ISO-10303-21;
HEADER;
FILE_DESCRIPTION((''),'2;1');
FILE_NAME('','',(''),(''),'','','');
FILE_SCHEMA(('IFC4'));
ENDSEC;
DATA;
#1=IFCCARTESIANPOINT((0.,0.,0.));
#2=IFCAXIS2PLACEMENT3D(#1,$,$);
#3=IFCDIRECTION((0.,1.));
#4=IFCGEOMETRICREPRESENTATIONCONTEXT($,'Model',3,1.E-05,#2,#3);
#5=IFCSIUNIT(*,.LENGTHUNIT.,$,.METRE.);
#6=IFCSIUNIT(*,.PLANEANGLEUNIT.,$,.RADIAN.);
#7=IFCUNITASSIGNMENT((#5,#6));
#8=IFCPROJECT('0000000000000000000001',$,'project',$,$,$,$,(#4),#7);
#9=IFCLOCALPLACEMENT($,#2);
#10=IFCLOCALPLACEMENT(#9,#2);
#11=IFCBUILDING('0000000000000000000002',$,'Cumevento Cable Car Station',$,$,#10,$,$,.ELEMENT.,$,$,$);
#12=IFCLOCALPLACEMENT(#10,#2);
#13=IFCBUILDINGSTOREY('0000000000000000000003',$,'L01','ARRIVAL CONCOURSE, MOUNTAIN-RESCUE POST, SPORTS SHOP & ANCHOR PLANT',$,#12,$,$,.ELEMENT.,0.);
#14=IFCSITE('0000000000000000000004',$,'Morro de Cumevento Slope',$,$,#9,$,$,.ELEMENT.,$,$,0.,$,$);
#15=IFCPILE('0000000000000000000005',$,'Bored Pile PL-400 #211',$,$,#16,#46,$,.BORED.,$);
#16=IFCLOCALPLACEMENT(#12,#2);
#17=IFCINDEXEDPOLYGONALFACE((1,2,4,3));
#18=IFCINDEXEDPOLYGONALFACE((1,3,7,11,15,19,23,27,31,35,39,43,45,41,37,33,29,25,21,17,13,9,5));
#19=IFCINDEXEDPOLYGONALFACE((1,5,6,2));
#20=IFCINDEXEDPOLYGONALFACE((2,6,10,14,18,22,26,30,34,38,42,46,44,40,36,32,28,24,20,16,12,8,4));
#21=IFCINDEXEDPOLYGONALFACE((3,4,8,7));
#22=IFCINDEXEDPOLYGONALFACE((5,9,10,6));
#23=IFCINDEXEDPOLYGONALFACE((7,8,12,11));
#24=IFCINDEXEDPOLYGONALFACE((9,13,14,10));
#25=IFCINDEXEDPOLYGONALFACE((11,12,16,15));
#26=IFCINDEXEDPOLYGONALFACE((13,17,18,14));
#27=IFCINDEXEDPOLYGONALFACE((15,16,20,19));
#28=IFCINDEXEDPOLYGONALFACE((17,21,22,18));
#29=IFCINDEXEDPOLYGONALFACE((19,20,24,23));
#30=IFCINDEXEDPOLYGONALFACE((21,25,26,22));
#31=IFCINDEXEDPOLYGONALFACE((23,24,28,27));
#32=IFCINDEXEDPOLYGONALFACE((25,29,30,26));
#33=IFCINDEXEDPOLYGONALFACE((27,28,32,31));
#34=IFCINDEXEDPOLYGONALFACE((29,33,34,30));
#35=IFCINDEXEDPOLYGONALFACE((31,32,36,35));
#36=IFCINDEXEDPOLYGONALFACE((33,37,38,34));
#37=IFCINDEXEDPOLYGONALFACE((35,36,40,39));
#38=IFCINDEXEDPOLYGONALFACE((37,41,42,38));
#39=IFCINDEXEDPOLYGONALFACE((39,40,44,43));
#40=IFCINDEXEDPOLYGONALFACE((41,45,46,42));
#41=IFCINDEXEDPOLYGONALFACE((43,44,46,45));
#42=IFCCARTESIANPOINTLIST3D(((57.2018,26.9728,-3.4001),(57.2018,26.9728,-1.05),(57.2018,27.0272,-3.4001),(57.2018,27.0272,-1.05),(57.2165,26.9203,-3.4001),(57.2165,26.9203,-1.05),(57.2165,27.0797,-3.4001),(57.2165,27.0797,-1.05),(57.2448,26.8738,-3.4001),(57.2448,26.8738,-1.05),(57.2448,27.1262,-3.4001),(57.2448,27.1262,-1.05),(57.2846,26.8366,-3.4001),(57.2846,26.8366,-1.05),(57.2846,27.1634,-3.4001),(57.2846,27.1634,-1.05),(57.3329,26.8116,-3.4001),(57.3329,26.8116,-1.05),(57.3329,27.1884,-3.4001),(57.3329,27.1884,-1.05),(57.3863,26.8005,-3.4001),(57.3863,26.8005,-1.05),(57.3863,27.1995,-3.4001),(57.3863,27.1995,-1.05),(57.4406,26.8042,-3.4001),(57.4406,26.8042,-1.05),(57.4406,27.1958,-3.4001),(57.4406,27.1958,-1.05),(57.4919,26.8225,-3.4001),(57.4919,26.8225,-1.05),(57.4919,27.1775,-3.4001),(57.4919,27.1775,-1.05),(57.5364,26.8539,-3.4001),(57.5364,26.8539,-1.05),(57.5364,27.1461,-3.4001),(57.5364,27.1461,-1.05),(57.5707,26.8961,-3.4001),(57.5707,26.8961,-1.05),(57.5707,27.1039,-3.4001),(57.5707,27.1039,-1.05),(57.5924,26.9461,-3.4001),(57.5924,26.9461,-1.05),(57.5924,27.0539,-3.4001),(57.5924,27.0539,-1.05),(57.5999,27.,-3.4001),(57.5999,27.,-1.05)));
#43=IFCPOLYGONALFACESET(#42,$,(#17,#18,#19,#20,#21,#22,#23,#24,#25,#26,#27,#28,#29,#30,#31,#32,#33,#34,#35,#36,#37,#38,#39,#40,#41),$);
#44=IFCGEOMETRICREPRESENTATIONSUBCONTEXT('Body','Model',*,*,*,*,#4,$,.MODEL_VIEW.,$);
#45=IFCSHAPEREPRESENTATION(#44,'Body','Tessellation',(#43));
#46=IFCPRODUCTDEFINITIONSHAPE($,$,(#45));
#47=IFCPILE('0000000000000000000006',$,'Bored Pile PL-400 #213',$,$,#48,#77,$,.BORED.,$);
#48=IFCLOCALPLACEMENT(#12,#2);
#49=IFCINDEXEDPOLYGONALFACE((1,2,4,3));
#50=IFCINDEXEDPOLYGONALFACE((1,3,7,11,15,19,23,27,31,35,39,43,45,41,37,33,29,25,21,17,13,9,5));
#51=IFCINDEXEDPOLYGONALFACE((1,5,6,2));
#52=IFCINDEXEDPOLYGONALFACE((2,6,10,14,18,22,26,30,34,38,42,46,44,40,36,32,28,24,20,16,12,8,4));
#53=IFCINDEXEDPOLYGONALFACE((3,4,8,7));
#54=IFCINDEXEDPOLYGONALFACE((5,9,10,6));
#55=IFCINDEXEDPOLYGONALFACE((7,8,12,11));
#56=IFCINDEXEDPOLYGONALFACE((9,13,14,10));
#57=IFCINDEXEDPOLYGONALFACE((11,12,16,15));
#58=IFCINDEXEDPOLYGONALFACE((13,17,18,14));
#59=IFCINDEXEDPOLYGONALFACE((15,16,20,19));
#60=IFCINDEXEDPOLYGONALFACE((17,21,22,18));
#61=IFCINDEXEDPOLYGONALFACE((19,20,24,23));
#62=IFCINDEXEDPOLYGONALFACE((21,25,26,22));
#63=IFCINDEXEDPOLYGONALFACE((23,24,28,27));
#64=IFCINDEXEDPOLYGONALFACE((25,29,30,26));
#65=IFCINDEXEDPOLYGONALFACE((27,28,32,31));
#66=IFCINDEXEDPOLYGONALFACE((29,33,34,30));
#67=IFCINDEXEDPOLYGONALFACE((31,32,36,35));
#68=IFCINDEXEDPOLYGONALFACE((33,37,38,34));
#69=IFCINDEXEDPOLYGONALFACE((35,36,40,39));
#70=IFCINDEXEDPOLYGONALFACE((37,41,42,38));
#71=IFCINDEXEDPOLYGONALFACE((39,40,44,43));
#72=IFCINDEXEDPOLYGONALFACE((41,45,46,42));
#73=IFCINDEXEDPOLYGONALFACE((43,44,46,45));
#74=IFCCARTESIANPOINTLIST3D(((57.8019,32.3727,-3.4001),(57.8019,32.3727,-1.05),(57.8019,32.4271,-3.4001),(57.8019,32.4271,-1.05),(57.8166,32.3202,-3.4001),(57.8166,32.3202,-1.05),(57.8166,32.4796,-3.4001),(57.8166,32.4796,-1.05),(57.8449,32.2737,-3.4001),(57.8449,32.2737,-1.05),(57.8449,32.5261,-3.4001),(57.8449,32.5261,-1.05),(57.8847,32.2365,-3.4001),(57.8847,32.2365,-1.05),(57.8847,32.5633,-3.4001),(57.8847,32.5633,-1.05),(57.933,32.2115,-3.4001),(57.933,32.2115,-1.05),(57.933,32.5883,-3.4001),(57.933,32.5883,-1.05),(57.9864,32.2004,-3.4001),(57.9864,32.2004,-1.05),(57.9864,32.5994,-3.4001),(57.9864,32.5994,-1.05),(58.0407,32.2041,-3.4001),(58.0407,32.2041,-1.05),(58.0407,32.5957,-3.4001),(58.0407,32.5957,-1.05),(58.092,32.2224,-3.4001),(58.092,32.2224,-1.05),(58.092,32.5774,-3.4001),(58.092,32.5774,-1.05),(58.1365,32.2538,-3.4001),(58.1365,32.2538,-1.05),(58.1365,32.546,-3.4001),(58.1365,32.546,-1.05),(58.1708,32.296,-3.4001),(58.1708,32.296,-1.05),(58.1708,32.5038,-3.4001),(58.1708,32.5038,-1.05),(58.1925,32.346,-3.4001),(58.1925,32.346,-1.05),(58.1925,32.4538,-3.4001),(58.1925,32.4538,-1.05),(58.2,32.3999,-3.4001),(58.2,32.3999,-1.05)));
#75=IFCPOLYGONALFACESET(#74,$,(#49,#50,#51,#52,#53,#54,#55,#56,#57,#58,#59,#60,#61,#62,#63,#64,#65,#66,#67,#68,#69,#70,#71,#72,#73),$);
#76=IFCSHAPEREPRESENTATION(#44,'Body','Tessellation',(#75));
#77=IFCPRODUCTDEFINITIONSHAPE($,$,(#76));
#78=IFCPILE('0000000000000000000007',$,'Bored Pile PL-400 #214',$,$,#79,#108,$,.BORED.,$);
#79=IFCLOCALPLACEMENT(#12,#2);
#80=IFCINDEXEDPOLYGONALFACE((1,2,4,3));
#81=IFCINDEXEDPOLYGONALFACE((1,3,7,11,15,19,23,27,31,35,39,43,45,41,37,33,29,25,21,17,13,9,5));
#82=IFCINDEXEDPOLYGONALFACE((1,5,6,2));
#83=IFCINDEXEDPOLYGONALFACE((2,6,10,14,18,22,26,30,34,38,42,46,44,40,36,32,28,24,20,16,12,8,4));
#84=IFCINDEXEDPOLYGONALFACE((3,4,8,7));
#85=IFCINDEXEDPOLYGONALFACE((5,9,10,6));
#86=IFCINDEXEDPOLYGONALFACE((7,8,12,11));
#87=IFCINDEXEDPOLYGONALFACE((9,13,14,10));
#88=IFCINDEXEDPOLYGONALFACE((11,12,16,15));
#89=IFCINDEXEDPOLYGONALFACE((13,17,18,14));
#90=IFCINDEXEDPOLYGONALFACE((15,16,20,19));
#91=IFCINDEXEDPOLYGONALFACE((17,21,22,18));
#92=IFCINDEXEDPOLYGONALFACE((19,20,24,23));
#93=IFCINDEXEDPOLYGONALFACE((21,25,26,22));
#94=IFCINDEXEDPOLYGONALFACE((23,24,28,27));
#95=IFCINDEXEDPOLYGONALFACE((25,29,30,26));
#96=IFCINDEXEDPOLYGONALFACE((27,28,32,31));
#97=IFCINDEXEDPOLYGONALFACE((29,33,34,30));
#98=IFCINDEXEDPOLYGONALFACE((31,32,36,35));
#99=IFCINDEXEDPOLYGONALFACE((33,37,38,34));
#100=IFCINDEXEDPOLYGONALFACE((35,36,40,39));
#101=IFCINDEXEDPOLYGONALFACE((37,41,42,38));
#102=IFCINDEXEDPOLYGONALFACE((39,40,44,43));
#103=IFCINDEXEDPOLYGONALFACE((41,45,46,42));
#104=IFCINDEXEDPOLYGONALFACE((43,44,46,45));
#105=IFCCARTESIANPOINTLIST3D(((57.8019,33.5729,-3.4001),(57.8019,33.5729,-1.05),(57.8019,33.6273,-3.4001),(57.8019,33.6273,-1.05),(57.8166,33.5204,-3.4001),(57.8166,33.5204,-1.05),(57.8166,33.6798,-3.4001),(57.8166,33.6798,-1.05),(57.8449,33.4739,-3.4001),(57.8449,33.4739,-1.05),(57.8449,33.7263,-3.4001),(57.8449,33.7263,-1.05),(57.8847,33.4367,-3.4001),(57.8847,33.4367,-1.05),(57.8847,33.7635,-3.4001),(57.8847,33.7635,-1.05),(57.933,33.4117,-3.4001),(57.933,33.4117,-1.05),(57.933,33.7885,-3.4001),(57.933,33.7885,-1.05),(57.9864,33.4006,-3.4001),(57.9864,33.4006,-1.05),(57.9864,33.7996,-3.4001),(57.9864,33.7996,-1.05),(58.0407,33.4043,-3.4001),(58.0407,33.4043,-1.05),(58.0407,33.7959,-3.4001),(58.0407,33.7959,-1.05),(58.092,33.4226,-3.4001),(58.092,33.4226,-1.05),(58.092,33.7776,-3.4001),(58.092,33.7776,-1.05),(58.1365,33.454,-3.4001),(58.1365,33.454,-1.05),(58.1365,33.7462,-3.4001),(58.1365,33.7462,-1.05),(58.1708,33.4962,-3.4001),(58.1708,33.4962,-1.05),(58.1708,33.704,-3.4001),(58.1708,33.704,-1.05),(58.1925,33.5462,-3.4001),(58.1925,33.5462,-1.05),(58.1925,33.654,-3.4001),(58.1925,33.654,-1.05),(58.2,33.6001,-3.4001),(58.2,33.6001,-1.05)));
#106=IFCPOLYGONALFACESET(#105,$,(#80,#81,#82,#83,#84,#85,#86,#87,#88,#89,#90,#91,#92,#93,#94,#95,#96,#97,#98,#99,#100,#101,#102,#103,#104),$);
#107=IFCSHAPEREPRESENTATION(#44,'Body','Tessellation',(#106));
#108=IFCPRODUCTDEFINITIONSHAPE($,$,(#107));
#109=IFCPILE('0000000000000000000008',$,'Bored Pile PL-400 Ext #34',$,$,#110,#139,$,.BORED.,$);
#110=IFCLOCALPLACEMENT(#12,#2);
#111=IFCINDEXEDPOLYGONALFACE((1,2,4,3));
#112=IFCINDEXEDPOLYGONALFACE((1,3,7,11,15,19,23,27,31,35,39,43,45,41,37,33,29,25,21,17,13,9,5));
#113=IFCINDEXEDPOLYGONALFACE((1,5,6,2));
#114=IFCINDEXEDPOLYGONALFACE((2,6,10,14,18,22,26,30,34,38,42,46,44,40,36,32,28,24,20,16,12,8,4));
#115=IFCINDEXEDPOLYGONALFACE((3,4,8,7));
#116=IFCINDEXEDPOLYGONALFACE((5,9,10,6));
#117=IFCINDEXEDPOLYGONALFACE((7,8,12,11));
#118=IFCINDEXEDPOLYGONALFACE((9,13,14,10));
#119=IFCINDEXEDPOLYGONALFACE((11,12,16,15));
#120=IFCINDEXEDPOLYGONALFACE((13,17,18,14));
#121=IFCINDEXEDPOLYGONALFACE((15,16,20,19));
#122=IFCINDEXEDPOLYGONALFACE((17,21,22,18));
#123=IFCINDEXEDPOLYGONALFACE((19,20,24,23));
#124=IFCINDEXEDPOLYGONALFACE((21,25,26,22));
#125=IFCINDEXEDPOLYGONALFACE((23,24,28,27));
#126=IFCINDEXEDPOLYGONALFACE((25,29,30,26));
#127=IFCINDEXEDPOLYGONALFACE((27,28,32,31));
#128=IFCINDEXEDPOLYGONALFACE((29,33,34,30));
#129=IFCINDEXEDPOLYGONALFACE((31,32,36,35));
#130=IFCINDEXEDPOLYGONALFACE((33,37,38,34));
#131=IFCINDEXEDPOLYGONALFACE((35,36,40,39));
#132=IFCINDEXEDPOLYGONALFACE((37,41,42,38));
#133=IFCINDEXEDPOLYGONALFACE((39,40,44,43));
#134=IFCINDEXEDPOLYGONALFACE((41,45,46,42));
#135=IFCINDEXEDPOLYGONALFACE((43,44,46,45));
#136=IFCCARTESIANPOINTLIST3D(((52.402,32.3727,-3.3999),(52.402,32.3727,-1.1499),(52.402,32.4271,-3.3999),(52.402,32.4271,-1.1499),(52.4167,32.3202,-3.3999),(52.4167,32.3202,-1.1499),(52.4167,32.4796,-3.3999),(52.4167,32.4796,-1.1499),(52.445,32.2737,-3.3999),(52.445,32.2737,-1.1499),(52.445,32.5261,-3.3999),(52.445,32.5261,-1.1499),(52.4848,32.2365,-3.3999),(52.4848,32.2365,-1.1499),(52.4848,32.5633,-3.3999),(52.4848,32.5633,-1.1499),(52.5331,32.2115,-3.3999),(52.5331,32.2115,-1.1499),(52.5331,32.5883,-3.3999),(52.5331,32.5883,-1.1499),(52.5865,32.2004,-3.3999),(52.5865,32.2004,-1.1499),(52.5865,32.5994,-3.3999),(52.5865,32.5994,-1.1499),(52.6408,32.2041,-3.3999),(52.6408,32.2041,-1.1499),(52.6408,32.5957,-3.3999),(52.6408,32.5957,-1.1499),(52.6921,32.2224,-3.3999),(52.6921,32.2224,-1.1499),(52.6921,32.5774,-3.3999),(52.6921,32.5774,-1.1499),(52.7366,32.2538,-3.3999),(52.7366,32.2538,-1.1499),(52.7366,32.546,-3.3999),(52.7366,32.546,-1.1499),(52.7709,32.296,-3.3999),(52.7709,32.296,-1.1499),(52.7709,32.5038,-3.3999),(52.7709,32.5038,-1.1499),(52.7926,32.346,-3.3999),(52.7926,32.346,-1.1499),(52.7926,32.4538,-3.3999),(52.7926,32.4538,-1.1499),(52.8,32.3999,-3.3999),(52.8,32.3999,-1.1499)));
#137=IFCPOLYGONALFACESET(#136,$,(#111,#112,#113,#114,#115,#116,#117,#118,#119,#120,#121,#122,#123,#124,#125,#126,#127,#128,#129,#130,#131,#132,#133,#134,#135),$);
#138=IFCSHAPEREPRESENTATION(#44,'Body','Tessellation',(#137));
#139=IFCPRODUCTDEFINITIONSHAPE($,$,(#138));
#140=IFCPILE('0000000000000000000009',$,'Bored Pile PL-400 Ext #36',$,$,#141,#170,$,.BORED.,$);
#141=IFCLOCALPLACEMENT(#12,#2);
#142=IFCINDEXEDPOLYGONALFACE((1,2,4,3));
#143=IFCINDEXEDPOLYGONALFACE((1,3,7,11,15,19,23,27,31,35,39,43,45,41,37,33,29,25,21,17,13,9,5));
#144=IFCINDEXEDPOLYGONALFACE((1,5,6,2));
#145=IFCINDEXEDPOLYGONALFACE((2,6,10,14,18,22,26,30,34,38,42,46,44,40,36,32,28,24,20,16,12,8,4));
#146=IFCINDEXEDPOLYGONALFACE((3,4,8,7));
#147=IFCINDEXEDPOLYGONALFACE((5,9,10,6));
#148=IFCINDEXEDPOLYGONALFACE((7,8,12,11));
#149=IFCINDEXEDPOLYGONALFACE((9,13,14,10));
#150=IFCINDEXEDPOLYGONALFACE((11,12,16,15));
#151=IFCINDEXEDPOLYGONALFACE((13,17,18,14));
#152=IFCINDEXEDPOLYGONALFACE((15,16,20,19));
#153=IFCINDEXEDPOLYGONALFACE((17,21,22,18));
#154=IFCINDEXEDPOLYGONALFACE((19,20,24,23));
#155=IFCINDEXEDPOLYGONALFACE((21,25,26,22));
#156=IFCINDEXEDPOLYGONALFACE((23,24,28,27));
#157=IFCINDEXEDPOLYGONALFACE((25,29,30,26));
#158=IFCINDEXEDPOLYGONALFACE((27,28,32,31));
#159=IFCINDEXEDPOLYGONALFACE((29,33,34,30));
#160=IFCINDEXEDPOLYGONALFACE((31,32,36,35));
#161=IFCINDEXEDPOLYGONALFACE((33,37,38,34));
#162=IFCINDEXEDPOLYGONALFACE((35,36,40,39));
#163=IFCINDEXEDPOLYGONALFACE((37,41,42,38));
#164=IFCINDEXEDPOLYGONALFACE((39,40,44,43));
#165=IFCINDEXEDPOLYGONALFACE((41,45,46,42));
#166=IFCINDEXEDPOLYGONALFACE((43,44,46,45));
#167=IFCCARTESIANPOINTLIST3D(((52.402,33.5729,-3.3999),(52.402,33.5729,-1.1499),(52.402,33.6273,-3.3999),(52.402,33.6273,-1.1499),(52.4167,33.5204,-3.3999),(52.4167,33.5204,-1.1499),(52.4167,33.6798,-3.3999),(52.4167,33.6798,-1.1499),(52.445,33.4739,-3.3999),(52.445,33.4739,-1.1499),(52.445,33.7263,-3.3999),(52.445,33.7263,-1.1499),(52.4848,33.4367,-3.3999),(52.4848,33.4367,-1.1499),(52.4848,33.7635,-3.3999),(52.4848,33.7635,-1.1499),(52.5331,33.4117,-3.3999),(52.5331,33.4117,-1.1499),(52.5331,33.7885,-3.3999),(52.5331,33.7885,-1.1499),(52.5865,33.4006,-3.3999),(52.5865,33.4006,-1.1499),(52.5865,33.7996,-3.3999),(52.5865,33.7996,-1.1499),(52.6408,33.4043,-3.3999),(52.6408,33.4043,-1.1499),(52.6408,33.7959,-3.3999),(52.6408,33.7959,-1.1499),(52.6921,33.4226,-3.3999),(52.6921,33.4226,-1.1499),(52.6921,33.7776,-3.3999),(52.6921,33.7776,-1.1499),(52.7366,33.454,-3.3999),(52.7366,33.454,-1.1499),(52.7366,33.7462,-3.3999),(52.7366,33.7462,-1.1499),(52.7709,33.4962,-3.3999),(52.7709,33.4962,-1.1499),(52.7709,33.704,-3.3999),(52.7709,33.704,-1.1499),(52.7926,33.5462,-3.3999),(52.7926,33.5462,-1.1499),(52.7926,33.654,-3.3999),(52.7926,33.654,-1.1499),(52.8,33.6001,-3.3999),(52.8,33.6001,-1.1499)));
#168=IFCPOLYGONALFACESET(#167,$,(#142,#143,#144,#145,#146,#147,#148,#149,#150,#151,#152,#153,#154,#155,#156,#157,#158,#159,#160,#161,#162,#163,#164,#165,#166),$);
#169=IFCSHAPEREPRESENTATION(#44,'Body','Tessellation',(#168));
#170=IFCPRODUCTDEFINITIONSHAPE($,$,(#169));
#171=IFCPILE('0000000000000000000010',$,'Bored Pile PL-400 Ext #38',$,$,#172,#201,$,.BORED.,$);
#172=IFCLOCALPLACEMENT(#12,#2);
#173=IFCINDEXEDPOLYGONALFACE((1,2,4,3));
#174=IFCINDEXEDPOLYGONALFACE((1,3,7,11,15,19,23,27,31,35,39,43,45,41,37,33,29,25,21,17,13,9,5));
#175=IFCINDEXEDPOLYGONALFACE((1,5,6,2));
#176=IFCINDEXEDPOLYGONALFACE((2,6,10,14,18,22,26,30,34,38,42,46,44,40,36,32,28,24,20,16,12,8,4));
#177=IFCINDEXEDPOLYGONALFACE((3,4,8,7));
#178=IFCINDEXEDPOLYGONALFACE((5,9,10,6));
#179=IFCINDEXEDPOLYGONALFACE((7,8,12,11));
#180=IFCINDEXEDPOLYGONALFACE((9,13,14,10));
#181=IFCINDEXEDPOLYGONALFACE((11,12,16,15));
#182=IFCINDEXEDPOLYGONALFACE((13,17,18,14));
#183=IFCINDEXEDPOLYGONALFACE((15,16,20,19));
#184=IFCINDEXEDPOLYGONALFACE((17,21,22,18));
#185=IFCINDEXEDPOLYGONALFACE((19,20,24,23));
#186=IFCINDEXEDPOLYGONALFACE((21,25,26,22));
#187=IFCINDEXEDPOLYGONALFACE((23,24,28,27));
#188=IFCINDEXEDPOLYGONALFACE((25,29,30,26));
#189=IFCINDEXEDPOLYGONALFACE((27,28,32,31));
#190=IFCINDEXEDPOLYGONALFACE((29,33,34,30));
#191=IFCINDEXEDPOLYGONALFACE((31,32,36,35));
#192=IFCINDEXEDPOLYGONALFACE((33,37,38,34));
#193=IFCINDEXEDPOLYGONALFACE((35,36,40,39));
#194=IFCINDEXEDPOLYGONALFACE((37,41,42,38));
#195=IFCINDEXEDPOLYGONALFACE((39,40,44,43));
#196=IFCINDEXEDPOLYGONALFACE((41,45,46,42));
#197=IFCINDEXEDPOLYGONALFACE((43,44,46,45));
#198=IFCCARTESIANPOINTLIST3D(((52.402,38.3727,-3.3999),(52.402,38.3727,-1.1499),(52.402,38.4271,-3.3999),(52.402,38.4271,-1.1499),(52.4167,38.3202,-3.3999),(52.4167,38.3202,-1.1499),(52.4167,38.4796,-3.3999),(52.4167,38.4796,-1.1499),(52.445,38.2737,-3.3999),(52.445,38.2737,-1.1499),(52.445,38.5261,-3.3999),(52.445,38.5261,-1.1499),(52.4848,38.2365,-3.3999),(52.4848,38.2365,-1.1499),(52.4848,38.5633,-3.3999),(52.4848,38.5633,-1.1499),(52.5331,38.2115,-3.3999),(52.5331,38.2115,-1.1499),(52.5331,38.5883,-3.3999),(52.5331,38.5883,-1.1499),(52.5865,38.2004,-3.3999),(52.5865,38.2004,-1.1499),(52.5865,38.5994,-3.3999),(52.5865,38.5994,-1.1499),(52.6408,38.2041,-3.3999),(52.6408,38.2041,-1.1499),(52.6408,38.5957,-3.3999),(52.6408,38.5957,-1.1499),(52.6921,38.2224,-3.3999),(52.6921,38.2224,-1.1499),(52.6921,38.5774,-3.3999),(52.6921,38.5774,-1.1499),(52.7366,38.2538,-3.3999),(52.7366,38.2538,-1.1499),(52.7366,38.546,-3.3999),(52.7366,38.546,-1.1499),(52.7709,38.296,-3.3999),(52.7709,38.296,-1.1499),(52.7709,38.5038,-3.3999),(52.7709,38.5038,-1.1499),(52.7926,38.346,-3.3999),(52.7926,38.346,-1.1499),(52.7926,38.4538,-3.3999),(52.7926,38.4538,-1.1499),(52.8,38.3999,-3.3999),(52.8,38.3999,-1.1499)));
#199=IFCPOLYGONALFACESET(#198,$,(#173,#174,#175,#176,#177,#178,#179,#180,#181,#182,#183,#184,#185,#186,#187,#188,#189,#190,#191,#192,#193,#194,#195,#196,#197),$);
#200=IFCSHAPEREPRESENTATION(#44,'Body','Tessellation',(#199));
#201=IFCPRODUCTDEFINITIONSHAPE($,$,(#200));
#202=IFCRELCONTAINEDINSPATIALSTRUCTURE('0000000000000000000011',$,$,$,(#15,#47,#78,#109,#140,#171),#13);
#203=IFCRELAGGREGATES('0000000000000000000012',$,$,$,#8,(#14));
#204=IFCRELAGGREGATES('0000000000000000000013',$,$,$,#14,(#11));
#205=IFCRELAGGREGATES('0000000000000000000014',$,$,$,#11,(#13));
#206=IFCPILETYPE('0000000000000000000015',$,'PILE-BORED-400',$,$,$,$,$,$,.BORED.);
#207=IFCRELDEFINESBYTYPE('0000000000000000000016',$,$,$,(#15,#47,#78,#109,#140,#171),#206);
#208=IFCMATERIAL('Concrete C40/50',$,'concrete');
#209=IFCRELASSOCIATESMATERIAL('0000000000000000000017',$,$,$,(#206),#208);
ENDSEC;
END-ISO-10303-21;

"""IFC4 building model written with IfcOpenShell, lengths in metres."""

from ifc_helpers import new_model, si_unit, direction, frame, origin, origin_2d, place, context, subcontext, project, spatial, circle, extrude, material, material_profile, profile_set, type_object, element, save


model = new_model("IFC4")

# Units and contexts
model_context = context("Model", 3, precision=1e-05, world=origin(), true_north=direction((0.0, 1.0)))
body_context = subcontext(model_context, "Body", "Model", "MODEL_VIEW")
ifc_project = project(units=[si_unit("LENGTHUNIT", "METRE"), si_unit("PLANEANGLEUNIT", "RADIAN")], contexts=[model_context])

# Site, building, storey
site_placement = place(None, origin())
site = spatial("IfcSite", under=ifc_project, at=site_placement, Name="Morro de Cumevento Slope", CompositionType="ELEMENT", RefElevation=0.0)
building_placement = place(site_placement, origin())
building = spatial("IfcBuilding", under=site, at=building_placement, Name="Cumevento Cable Car Station", CompositionType="ELEMENT")
storey_placement = place(building_placement, origin())
storey = spatial("IfcBuildingStorey", under=building, at=storey_placement, Name="L01", Description="ARRIVAL CONCOURSE, MOUNTAIN-RESCUE POST, SPORTS SHOP & ANCHOR PLANT", CompositionType="ELEMENT", Elevation=0.0)

# Piles
ifc_material_1 = material(Name="Concrete C40/50", Category="concrete")
ifc_material_profile_1 = material_profile(ifc_material_1, circle(Radius=0.2, at=origin_2d()), Name="PILE-D400")
ifc_profile_set_1 = profile_set([ifc_material_profile_1], Name="Concrete C40/50")
pile_type_1 = type_object("IfcPileType", Name="PILE-BORED-400", PredefinedType="BORED", material=ifc_profile_set_1)
for number, where, z_axis, x_axis, name in (
    (1, (57.3999, 27.0, -1.05), (0.0, 0.0, -1.0), (1.0, 0.0, 0.0), "Bored Pile PL-400 #211"),
    (2, (58.0, 32.3999, -1.05), (0.0, 0.0, -1.0), (1.0, 0.0, 0.0), "Bored Pile PL-400 #213"),
    (3, (58.0, 33.6001, -1.05), (0.0, 0.0, -1.0), (1.0, 0.0, 0.0), "Bored Pile PL-400 #214"),
):
    element("IfcPile", number, at=place(storey_placement, frame(where, z_axis=z_axis, x_axis=x_axis)), inside=storey, type_object=pile_type_1, Name=name, PredefinedType="BORED", context=body_context, shape_type="SweptSolid", body=[
        extrude(circle(Radius=0.2, at=origin_2d()), origin(), (0.0, 0.0, 1.0), 2.3501),
    ])
for number, where, z_axis, x_axis, name in (
    (4, (52.6001, 32.3999, -1.1499), (0.0, 0.0, -1.0), (1.0, 0.0, 0.0), "Bored Pile PL-400 Ext #34"),
    (5, (52.6001, 33.6001, -1.1499), (0.0, 0.0, -1.0), (1.0, 0.0, 0.0), "Bored Pile PL-400 Ext #36"),
    (6, (52.6001, 38.3999, -1.1499), (0.0, 0.0, -1.0), (1.0, 0.0, 0.0), "Bored Pile PL-400 Ext #38"),
):
    element("IfcPile", number, at=place(storey_placement, frame(where, z_axis=z_axis, x_axis=x_axis)), inside=storey, type_object=pile_type_1, Name=name, PredefinedType="BORED", context=body_context, shape_type="SweptSolid", body=[
        extrude(circle(Radius=0.2, at=origin_2d()), origin(), (0.0, 0.0, 1.0), 2.25),
    ])

save(model, "model.ifc")
